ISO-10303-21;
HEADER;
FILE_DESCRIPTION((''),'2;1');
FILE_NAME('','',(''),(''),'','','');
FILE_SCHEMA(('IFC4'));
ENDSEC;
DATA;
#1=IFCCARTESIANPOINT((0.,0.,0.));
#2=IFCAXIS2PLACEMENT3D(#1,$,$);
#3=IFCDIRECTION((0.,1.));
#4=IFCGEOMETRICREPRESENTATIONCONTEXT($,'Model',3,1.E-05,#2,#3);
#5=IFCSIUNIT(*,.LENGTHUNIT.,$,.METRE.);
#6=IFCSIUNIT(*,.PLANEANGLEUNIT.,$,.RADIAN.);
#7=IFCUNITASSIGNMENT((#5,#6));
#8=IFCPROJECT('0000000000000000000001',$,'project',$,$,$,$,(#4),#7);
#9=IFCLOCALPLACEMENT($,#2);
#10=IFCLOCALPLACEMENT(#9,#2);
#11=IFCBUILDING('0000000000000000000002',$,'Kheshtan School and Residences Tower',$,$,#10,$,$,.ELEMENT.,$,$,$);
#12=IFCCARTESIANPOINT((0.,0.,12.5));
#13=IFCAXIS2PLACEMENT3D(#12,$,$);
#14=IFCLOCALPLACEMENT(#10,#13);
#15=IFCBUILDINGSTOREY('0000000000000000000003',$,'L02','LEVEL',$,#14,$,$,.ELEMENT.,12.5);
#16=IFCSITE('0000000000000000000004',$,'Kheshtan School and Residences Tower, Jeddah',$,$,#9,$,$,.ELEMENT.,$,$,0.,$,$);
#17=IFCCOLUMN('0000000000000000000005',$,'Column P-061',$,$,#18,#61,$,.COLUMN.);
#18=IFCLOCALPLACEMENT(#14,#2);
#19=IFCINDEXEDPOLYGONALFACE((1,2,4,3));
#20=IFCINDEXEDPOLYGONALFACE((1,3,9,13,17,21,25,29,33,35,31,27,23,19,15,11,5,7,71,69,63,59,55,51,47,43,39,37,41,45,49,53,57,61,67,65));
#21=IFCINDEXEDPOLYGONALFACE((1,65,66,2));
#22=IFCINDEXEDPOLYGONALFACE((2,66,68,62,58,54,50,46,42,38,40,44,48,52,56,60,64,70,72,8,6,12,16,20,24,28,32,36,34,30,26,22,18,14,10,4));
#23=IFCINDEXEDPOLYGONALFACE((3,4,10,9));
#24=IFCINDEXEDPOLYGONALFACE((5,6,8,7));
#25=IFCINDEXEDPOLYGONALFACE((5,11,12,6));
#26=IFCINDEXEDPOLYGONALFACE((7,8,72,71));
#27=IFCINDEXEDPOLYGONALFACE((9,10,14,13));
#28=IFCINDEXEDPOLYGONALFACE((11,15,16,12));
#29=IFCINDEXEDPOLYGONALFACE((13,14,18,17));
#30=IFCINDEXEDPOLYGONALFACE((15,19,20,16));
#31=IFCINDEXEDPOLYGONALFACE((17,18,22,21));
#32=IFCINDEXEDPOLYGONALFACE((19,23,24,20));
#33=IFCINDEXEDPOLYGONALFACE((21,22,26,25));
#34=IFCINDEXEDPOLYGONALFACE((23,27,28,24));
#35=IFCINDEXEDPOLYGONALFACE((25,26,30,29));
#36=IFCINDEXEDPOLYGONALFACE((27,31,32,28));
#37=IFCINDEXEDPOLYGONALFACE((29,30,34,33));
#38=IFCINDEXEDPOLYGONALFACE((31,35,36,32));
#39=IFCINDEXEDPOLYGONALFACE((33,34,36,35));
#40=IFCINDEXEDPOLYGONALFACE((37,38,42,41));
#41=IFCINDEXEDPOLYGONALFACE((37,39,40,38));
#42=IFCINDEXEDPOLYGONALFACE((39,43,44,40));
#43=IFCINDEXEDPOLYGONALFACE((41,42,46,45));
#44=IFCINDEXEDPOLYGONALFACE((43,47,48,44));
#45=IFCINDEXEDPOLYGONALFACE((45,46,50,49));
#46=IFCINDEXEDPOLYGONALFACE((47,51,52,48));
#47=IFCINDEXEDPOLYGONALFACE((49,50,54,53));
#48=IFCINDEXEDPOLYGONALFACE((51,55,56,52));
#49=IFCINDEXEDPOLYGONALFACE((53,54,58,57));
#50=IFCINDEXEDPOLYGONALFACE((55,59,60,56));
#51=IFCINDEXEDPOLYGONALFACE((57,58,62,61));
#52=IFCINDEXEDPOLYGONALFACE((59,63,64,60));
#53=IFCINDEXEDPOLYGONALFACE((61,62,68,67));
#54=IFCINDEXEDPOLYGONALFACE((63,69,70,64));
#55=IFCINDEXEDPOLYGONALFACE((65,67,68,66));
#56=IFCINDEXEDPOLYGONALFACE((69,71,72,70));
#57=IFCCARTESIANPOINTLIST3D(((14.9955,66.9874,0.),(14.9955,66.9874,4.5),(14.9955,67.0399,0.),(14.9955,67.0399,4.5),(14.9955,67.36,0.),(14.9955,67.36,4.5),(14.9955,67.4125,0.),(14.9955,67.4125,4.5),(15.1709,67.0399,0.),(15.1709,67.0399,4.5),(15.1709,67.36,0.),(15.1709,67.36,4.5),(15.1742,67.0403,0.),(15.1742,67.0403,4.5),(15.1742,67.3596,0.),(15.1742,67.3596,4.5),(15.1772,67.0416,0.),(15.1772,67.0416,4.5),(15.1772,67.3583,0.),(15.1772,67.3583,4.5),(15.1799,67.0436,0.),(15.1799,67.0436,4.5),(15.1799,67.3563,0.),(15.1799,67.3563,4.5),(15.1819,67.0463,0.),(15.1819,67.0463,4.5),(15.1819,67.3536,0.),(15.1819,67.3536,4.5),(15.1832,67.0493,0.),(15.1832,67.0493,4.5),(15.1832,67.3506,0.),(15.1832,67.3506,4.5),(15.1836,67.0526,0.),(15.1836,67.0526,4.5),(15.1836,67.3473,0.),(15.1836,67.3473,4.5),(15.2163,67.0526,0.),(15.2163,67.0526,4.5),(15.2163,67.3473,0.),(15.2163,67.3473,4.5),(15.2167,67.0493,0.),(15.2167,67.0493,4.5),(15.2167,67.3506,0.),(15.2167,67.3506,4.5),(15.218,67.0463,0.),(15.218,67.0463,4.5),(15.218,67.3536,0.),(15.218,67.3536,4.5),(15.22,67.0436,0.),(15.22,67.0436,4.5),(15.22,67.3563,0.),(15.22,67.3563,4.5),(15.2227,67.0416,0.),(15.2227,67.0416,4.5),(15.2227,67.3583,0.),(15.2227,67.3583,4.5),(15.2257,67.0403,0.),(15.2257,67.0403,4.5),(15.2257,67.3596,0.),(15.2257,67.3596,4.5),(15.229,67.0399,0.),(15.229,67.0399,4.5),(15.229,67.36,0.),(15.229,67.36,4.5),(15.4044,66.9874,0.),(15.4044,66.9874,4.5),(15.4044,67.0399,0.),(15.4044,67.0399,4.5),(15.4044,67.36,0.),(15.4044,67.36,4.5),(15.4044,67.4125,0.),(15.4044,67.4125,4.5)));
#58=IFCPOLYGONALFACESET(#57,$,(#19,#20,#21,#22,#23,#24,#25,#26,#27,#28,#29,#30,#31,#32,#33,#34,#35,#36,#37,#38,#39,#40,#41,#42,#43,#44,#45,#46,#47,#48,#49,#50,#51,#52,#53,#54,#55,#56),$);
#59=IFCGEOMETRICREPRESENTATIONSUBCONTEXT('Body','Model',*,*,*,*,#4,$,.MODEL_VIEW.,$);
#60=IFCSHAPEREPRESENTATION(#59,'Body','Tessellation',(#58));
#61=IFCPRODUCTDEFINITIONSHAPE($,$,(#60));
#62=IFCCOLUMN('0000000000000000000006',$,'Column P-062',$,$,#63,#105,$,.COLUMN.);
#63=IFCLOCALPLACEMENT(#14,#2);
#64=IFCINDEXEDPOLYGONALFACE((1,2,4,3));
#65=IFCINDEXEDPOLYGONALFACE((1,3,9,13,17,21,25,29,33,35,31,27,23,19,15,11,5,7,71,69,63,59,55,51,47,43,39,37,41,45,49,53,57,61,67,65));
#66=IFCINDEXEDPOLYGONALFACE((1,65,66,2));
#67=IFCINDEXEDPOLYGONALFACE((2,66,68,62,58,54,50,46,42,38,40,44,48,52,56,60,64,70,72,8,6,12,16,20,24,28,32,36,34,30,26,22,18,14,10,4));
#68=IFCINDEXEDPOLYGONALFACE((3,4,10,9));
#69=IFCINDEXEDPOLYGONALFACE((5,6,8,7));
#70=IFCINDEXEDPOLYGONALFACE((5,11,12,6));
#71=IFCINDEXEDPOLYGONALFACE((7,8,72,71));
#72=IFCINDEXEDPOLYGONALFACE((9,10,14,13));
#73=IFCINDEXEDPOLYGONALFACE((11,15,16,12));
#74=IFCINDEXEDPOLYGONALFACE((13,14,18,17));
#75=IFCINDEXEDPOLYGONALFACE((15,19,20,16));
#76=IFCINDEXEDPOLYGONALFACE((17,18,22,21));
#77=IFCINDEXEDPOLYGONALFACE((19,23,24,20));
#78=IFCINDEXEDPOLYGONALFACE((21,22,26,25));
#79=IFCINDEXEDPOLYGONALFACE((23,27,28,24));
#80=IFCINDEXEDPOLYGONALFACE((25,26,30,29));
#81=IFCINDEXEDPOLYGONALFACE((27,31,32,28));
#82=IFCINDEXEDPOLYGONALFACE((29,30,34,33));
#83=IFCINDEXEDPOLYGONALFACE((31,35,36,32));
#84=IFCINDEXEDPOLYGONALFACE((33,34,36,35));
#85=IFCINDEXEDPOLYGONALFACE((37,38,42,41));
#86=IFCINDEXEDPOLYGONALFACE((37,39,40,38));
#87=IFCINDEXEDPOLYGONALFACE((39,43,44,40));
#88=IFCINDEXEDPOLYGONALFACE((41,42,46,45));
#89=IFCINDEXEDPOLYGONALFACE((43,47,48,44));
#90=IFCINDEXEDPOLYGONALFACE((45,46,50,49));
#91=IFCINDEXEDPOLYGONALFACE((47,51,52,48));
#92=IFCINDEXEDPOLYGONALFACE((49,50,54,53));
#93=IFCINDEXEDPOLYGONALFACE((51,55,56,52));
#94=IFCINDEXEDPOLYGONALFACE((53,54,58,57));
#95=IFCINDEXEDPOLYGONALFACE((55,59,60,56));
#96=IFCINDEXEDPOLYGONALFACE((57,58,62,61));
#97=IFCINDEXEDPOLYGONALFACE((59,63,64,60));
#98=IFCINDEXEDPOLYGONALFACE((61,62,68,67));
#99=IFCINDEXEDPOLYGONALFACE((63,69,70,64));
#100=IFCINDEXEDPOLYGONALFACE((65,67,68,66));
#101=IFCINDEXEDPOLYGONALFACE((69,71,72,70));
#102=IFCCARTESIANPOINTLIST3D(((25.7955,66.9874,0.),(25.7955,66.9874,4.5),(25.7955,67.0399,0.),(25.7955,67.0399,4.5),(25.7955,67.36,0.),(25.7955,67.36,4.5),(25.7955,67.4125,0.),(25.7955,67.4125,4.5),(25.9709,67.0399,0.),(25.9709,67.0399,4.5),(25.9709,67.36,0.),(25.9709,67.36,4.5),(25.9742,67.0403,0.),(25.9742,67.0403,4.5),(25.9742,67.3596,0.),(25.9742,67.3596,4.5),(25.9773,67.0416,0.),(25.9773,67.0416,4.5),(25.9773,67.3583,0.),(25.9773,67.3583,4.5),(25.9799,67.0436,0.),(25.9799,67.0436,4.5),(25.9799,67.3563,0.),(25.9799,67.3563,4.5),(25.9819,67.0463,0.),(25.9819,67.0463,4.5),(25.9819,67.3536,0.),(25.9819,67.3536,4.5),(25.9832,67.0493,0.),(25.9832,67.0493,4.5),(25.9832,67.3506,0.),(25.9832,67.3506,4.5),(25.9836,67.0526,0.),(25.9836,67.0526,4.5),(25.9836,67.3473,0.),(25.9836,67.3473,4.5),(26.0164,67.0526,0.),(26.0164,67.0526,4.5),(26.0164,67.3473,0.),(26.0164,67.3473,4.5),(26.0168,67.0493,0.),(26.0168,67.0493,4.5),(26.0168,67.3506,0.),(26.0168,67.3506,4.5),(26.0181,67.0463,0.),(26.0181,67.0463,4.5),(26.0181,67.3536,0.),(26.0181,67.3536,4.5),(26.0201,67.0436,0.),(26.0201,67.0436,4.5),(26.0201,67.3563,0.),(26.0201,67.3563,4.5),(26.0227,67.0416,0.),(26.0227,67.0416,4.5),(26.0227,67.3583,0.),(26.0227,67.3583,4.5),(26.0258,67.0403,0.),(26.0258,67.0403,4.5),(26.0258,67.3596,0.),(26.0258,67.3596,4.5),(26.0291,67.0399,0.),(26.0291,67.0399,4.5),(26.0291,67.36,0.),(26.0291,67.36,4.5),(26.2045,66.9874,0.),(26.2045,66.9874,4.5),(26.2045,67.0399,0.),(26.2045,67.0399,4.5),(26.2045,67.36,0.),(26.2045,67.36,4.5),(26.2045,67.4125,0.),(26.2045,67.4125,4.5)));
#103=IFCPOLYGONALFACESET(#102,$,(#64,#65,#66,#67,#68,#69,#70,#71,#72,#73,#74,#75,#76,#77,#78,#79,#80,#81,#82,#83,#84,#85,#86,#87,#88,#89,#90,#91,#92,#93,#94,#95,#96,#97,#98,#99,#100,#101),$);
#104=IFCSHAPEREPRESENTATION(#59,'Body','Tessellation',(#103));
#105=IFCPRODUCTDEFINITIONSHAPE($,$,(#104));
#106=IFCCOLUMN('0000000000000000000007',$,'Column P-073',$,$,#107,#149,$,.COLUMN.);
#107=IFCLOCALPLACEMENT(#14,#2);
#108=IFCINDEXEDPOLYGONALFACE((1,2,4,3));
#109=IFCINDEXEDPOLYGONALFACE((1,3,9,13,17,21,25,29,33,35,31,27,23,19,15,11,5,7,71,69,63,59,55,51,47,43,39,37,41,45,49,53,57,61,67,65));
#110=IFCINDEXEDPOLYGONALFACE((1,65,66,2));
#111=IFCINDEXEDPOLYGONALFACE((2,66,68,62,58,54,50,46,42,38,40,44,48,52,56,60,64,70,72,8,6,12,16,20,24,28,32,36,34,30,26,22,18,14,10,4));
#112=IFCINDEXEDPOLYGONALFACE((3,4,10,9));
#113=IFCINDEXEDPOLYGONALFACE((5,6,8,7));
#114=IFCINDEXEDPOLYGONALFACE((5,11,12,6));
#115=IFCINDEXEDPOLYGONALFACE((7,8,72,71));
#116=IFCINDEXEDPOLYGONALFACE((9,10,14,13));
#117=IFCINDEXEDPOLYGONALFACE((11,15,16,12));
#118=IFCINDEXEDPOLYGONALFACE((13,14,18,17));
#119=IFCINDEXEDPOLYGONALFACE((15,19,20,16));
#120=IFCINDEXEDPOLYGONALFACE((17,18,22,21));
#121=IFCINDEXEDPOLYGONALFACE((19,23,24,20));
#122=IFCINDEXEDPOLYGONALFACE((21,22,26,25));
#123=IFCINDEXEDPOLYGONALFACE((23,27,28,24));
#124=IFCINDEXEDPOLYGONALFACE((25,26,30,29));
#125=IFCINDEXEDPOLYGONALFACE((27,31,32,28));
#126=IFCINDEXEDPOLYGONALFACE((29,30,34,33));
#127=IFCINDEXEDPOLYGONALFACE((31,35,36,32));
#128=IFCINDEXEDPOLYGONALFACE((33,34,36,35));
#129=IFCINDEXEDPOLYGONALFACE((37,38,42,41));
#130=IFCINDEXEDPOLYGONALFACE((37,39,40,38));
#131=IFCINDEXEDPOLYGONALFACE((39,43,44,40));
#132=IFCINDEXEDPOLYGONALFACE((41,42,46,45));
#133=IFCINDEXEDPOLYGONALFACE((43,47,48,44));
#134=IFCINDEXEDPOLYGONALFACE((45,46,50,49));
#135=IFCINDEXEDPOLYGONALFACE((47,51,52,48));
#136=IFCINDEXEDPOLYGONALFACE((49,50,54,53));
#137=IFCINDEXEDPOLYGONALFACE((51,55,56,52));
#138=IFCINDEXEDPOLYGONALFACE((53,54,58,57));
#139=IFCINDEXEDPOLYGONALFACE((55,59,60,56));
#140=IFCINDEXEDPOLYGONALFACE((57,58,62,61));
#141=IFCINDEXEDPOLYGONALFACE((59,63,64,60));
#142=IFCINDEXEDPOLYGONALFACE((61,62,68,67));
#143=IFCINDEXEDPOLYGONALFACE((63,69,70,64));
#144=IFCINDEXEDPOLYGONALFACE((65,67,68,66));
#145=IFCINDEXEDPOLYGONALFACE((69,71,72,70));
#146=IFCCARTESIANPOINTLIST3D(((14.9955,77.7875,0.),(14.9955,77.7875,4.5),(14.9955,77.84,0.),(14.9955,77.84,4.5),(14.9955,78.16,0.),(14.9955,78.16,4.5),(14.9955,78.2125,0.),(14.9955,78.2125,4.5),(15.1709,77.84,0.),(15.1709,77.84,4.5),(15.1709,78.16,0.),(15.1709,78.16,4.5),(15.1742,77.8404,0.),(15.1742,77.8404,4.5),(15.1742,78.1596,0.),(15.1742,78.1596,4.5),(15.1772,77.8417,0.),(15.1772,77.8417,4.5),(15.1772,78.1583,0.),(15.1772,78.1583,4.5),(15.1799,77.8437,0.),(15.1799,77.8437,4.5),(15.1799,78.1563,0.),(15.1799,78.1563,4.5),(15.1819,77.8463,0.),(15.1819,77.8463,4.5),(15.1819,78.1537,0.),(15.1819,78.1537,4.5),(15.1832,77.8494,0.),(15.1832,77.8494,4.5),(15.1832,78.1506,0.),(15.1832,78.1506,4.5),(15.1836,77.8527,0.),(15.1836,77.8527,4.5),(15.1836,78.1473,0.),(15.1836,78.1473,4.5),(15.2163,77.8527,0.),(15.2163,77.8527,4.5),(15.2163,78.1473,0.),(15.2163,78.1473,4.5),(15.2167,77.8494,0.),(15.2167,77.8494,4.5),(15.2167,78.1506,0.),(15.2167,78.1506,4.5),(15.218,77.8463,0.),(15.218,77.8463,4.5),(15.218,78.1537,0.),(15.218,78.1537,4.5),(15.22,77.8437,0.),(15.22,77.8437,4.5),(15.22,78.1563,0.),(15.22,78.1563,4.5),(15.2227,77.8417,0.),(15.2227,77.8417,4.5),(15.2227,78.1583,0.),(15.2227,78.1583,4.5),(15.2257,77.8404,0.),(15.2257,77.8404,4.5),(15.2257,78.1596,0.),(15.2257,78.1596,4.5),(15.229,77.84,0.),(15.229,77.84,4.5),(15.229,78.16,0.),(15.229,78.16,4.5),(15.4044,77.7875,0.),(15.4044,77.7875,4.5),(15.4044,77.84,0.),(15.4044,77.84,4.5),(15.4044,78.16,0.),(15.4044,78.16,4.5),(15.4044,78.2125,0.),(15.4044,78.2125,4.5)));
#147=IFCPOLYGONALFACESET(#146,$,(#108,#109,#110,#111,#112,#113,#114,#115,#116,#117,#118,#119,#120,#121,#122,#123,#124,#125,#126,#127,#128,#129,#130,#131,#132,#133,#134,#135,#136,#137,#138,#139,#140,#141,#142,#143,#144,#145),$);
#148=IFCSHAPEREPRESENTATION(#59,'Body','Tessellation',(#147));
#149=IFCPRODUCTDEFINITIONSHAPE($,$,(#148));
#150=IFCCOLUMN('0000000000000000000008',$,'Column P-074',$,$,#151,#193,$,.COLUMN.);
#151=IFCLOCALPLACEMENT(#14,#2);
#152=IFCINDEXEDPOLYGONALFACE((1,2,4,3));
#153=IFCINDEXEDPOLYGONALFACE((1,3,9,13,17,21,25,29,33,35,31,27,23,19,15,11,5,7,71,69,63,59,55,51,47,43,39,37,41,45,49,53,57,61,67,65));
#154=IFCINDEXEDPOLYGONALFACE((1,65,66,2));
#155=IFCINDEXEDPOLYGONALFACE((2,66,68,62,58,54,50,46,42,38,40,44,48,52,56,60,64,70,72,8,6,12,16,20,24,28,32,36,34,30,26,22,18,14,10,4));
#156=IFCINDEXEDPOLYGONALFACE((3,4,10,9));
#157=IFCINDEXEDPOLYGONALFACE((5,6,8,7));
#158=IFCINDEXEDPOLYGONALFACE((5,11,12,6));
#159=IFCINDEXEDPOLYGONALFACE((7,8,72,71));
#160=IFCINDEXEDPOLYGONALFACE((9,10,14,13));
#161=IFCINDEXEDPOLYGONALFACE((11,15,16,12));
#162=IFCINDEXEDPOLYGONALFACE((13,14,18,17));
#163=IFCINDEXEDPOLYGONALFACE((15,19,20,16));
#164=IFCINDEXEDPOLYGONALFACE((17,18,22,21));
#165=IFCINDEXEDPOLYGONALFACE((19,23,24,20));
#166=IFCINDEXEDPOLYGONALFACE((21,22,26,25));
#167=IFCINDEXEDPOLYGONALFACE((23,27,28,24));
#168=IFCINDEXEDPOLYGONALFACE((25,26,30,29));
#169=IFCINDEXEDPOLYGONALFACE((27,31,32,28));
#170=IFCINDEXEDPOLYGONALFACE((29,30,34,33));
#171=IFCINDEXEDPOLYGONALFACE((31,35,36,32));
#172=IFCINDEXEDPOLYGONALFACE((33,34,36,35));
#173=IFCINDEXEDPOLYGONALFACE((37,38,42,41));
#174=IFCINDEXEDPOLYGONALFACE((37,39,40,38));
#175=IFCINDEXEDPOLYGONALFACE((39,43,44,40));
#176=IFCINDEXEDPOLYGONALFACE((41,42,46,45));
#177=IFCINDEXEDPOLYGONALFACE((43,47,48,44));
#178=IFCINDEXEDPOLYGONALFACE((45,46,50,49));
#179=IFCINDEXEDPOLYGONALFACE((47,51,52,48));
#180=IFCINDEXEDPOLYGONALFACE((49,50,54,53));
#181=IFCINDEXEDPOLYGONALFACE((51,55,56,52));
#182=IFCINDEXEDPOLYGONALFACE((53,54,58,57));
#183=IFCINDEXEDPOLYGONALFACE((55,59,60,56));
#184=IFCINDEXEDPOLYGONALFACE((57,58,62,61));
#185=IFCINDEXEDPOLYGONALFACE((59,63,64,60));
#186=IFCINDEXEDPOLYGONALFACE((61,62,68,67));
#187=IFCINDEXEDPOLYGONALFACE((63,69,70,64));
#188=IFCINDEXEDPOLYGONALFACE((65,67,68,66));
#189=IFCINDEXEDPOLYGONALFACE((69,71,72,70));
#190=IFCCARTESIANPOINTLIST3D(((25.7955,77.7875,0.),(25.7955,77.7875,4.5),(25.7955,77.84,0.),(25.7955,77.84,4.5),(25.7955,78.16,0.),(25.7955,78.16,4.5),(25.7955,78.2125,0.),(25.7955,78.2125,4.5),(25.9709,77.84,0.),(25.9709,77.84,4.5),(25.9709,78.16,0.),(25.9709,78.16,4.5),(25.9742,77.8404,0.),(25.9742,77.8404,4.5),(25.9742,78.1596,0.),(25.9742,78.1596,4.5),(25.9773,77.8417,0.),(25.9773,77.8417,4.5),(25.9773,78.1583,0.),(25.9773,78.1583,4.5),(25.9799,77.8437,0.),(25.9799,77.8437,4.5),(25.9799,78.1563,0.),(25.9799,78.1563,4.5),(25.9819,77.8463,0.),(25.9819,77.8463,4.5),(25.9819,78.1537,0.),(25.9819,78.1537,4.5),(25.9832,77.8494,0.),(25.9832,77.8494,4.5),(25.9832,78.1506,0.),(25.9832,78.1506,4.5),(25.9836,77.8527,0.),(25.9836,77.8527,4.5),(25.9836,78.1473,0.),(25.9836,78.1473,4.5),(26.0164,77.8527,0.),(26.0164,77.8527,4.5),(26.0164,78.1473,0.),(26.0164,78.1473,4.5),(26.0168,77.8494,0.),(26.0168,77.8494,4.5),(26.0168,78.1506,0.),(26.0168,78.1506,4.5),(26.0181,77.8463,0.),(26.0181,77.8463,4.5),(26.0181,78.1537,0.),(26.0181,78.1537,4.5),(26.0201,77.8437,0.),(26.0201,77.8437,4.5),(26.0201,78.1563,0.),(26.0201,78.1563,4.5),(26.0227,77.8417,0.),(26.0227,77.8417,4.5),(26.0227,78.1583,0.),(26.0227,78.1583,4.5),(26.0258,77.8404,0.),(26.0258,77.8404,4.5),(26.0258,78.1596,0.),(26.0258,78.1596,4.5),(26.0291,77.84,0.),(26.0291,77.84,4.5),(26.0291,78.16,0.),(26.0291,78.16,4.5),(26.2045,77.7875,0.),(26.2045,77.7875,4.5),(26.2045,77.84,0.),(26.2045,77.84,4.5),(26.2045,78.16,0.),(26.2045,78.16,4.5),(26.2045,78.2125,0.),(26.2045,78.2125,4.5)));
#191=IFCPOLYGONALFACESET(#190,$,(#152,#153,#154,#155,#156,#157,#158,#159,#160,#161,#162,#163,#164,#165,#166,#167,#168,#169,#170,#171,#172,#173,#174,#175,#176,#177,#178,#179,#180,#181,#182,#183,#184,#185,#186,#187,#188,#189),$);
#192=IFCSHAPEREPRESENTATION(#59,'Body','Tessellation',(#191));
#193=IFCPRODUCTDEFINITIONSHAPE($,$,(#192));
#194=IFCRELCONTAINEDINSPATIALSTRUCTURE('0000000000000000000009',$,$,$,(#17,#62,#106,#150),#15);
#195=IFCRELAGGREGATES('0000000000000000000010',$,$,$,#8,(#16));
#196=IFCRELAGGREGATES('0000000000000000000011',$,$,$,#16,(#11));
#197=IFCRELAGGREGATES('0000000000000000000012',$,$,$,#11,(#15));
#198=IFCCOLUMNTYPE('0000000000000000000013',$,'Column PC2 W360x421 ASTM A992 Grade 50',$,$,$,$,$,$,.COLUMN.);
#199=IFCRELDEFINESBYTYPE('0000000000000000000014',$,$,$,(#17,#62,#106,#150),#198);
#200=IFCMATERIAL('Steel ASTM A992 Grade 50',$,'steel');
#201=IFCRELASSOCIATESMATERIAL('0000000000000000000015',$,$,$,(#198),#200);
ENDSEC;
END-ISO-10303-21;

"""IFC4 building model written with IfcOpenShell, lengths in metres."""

from ifc_helpers import new_model, si_unit, direction, frame, origin, origin_2d, place, context, subcontext, project, spatial, i_section, extrude, material, material_profile, profile_set, type_object, element, save


model = new_model("IFC4")

# Units and contexts
model_context = context("Model", 3, precision=1e-05, world=origin(), true_north=direction((0.0, 1.0)))
body_context = subcontext(model_context, "Body", "Model", "MODEL_VIEW")
ifc_project = project(units=[si_unit("LENGTHUNIT", "METRE"), si_unit("PLANEANGLEUNIT", "RADIAN")], contexts=[model_context])

# Site, building, storey
site_placement = place(None, origin())
site = spatial("IfcSite", under=ifc_project, at=site_placement, Name="Kheshtan School and Residences Tower, Jeddah", CompositionType="ELEMENT", RefElevation=0.0)
building_placement = place(site_placement, origin())
building = spatial("IfcBuilding", under=site, at=building_placement, Name="Kheshtan School and Residences Tower", CompositionType="ELEMENT")
storey_placement = place(building_placement, frame((0.0, 0.0, 12.5)))
storey = spatial("IfcBuildingStorey", under=building, at=storey_placement, Name="L02", Description="LEVEL", CompositionType="ELEMENT", Elevation=12.5)

# Columns
ifc_material_1 = material(Name="Steel ASTM A992 Grade 50", Category="steel")
ifc_material_profile_1 = material_profile(ifc_material_1, i_section(OverallWidth=0.4089, OverallDepth=0.425, WebThickness=0.0327, FlangeThickness=0.0525, FilletRadius=0.0127, at=origin_2d()), Name="W360x421")
ifc_profile_set_1 = profile_set([ifc_material_profile_1], Name="Steel ASTM A992 Grade 50")
column_type = type_object("IfcColumnType", Name="Column PC2 W360x421 ASTM A992 Grade 50", PredefinedType="COLUMN", material=ifc_profile_set_1)
for number, where, z_axis, x_axis, name in (
    (1, (15.2, 67.2, 0.0), (0.0, 0.0, 1.0), (1.0, 0.0, 0.0), "Column P-061"),
    (2, (26.0, 67.2, 0.0), (0.0, 0.0, 1.0), (1.0, 0.0, 0.0), "Column P-062"),
    (3, (15.2, 78.0, 0.0), (0.0, 0.0, 1.0), (1.0, 0.0, 0.0), "Column P-073"),
    (4, (26.0, 78.0, 0.0), (0.0, 0.0, 1.0), (1.0, 0.0, 0.0), "Column P-074"),
):
    element("IfcColumn", number, at=place(storey_placement, frame(where, z_axis=z_axis, x_axis=x_axis)), inside=storey, type_object=column_type, Name=name, PredefinedType="COLUMN", context=body_context, shape_type="SweptSolid", body=[
        extrude(i_section(OverallWidth=0.4089, OverallDepth=0.425, WebThickness=0.0327, FlangeThickness=0.0525, FilletRadius=0.0127, at=origin_2d()), origin(), (0.0, 0.0, 1.0), 4.5),
    ])

save(model, "model.ifc")
